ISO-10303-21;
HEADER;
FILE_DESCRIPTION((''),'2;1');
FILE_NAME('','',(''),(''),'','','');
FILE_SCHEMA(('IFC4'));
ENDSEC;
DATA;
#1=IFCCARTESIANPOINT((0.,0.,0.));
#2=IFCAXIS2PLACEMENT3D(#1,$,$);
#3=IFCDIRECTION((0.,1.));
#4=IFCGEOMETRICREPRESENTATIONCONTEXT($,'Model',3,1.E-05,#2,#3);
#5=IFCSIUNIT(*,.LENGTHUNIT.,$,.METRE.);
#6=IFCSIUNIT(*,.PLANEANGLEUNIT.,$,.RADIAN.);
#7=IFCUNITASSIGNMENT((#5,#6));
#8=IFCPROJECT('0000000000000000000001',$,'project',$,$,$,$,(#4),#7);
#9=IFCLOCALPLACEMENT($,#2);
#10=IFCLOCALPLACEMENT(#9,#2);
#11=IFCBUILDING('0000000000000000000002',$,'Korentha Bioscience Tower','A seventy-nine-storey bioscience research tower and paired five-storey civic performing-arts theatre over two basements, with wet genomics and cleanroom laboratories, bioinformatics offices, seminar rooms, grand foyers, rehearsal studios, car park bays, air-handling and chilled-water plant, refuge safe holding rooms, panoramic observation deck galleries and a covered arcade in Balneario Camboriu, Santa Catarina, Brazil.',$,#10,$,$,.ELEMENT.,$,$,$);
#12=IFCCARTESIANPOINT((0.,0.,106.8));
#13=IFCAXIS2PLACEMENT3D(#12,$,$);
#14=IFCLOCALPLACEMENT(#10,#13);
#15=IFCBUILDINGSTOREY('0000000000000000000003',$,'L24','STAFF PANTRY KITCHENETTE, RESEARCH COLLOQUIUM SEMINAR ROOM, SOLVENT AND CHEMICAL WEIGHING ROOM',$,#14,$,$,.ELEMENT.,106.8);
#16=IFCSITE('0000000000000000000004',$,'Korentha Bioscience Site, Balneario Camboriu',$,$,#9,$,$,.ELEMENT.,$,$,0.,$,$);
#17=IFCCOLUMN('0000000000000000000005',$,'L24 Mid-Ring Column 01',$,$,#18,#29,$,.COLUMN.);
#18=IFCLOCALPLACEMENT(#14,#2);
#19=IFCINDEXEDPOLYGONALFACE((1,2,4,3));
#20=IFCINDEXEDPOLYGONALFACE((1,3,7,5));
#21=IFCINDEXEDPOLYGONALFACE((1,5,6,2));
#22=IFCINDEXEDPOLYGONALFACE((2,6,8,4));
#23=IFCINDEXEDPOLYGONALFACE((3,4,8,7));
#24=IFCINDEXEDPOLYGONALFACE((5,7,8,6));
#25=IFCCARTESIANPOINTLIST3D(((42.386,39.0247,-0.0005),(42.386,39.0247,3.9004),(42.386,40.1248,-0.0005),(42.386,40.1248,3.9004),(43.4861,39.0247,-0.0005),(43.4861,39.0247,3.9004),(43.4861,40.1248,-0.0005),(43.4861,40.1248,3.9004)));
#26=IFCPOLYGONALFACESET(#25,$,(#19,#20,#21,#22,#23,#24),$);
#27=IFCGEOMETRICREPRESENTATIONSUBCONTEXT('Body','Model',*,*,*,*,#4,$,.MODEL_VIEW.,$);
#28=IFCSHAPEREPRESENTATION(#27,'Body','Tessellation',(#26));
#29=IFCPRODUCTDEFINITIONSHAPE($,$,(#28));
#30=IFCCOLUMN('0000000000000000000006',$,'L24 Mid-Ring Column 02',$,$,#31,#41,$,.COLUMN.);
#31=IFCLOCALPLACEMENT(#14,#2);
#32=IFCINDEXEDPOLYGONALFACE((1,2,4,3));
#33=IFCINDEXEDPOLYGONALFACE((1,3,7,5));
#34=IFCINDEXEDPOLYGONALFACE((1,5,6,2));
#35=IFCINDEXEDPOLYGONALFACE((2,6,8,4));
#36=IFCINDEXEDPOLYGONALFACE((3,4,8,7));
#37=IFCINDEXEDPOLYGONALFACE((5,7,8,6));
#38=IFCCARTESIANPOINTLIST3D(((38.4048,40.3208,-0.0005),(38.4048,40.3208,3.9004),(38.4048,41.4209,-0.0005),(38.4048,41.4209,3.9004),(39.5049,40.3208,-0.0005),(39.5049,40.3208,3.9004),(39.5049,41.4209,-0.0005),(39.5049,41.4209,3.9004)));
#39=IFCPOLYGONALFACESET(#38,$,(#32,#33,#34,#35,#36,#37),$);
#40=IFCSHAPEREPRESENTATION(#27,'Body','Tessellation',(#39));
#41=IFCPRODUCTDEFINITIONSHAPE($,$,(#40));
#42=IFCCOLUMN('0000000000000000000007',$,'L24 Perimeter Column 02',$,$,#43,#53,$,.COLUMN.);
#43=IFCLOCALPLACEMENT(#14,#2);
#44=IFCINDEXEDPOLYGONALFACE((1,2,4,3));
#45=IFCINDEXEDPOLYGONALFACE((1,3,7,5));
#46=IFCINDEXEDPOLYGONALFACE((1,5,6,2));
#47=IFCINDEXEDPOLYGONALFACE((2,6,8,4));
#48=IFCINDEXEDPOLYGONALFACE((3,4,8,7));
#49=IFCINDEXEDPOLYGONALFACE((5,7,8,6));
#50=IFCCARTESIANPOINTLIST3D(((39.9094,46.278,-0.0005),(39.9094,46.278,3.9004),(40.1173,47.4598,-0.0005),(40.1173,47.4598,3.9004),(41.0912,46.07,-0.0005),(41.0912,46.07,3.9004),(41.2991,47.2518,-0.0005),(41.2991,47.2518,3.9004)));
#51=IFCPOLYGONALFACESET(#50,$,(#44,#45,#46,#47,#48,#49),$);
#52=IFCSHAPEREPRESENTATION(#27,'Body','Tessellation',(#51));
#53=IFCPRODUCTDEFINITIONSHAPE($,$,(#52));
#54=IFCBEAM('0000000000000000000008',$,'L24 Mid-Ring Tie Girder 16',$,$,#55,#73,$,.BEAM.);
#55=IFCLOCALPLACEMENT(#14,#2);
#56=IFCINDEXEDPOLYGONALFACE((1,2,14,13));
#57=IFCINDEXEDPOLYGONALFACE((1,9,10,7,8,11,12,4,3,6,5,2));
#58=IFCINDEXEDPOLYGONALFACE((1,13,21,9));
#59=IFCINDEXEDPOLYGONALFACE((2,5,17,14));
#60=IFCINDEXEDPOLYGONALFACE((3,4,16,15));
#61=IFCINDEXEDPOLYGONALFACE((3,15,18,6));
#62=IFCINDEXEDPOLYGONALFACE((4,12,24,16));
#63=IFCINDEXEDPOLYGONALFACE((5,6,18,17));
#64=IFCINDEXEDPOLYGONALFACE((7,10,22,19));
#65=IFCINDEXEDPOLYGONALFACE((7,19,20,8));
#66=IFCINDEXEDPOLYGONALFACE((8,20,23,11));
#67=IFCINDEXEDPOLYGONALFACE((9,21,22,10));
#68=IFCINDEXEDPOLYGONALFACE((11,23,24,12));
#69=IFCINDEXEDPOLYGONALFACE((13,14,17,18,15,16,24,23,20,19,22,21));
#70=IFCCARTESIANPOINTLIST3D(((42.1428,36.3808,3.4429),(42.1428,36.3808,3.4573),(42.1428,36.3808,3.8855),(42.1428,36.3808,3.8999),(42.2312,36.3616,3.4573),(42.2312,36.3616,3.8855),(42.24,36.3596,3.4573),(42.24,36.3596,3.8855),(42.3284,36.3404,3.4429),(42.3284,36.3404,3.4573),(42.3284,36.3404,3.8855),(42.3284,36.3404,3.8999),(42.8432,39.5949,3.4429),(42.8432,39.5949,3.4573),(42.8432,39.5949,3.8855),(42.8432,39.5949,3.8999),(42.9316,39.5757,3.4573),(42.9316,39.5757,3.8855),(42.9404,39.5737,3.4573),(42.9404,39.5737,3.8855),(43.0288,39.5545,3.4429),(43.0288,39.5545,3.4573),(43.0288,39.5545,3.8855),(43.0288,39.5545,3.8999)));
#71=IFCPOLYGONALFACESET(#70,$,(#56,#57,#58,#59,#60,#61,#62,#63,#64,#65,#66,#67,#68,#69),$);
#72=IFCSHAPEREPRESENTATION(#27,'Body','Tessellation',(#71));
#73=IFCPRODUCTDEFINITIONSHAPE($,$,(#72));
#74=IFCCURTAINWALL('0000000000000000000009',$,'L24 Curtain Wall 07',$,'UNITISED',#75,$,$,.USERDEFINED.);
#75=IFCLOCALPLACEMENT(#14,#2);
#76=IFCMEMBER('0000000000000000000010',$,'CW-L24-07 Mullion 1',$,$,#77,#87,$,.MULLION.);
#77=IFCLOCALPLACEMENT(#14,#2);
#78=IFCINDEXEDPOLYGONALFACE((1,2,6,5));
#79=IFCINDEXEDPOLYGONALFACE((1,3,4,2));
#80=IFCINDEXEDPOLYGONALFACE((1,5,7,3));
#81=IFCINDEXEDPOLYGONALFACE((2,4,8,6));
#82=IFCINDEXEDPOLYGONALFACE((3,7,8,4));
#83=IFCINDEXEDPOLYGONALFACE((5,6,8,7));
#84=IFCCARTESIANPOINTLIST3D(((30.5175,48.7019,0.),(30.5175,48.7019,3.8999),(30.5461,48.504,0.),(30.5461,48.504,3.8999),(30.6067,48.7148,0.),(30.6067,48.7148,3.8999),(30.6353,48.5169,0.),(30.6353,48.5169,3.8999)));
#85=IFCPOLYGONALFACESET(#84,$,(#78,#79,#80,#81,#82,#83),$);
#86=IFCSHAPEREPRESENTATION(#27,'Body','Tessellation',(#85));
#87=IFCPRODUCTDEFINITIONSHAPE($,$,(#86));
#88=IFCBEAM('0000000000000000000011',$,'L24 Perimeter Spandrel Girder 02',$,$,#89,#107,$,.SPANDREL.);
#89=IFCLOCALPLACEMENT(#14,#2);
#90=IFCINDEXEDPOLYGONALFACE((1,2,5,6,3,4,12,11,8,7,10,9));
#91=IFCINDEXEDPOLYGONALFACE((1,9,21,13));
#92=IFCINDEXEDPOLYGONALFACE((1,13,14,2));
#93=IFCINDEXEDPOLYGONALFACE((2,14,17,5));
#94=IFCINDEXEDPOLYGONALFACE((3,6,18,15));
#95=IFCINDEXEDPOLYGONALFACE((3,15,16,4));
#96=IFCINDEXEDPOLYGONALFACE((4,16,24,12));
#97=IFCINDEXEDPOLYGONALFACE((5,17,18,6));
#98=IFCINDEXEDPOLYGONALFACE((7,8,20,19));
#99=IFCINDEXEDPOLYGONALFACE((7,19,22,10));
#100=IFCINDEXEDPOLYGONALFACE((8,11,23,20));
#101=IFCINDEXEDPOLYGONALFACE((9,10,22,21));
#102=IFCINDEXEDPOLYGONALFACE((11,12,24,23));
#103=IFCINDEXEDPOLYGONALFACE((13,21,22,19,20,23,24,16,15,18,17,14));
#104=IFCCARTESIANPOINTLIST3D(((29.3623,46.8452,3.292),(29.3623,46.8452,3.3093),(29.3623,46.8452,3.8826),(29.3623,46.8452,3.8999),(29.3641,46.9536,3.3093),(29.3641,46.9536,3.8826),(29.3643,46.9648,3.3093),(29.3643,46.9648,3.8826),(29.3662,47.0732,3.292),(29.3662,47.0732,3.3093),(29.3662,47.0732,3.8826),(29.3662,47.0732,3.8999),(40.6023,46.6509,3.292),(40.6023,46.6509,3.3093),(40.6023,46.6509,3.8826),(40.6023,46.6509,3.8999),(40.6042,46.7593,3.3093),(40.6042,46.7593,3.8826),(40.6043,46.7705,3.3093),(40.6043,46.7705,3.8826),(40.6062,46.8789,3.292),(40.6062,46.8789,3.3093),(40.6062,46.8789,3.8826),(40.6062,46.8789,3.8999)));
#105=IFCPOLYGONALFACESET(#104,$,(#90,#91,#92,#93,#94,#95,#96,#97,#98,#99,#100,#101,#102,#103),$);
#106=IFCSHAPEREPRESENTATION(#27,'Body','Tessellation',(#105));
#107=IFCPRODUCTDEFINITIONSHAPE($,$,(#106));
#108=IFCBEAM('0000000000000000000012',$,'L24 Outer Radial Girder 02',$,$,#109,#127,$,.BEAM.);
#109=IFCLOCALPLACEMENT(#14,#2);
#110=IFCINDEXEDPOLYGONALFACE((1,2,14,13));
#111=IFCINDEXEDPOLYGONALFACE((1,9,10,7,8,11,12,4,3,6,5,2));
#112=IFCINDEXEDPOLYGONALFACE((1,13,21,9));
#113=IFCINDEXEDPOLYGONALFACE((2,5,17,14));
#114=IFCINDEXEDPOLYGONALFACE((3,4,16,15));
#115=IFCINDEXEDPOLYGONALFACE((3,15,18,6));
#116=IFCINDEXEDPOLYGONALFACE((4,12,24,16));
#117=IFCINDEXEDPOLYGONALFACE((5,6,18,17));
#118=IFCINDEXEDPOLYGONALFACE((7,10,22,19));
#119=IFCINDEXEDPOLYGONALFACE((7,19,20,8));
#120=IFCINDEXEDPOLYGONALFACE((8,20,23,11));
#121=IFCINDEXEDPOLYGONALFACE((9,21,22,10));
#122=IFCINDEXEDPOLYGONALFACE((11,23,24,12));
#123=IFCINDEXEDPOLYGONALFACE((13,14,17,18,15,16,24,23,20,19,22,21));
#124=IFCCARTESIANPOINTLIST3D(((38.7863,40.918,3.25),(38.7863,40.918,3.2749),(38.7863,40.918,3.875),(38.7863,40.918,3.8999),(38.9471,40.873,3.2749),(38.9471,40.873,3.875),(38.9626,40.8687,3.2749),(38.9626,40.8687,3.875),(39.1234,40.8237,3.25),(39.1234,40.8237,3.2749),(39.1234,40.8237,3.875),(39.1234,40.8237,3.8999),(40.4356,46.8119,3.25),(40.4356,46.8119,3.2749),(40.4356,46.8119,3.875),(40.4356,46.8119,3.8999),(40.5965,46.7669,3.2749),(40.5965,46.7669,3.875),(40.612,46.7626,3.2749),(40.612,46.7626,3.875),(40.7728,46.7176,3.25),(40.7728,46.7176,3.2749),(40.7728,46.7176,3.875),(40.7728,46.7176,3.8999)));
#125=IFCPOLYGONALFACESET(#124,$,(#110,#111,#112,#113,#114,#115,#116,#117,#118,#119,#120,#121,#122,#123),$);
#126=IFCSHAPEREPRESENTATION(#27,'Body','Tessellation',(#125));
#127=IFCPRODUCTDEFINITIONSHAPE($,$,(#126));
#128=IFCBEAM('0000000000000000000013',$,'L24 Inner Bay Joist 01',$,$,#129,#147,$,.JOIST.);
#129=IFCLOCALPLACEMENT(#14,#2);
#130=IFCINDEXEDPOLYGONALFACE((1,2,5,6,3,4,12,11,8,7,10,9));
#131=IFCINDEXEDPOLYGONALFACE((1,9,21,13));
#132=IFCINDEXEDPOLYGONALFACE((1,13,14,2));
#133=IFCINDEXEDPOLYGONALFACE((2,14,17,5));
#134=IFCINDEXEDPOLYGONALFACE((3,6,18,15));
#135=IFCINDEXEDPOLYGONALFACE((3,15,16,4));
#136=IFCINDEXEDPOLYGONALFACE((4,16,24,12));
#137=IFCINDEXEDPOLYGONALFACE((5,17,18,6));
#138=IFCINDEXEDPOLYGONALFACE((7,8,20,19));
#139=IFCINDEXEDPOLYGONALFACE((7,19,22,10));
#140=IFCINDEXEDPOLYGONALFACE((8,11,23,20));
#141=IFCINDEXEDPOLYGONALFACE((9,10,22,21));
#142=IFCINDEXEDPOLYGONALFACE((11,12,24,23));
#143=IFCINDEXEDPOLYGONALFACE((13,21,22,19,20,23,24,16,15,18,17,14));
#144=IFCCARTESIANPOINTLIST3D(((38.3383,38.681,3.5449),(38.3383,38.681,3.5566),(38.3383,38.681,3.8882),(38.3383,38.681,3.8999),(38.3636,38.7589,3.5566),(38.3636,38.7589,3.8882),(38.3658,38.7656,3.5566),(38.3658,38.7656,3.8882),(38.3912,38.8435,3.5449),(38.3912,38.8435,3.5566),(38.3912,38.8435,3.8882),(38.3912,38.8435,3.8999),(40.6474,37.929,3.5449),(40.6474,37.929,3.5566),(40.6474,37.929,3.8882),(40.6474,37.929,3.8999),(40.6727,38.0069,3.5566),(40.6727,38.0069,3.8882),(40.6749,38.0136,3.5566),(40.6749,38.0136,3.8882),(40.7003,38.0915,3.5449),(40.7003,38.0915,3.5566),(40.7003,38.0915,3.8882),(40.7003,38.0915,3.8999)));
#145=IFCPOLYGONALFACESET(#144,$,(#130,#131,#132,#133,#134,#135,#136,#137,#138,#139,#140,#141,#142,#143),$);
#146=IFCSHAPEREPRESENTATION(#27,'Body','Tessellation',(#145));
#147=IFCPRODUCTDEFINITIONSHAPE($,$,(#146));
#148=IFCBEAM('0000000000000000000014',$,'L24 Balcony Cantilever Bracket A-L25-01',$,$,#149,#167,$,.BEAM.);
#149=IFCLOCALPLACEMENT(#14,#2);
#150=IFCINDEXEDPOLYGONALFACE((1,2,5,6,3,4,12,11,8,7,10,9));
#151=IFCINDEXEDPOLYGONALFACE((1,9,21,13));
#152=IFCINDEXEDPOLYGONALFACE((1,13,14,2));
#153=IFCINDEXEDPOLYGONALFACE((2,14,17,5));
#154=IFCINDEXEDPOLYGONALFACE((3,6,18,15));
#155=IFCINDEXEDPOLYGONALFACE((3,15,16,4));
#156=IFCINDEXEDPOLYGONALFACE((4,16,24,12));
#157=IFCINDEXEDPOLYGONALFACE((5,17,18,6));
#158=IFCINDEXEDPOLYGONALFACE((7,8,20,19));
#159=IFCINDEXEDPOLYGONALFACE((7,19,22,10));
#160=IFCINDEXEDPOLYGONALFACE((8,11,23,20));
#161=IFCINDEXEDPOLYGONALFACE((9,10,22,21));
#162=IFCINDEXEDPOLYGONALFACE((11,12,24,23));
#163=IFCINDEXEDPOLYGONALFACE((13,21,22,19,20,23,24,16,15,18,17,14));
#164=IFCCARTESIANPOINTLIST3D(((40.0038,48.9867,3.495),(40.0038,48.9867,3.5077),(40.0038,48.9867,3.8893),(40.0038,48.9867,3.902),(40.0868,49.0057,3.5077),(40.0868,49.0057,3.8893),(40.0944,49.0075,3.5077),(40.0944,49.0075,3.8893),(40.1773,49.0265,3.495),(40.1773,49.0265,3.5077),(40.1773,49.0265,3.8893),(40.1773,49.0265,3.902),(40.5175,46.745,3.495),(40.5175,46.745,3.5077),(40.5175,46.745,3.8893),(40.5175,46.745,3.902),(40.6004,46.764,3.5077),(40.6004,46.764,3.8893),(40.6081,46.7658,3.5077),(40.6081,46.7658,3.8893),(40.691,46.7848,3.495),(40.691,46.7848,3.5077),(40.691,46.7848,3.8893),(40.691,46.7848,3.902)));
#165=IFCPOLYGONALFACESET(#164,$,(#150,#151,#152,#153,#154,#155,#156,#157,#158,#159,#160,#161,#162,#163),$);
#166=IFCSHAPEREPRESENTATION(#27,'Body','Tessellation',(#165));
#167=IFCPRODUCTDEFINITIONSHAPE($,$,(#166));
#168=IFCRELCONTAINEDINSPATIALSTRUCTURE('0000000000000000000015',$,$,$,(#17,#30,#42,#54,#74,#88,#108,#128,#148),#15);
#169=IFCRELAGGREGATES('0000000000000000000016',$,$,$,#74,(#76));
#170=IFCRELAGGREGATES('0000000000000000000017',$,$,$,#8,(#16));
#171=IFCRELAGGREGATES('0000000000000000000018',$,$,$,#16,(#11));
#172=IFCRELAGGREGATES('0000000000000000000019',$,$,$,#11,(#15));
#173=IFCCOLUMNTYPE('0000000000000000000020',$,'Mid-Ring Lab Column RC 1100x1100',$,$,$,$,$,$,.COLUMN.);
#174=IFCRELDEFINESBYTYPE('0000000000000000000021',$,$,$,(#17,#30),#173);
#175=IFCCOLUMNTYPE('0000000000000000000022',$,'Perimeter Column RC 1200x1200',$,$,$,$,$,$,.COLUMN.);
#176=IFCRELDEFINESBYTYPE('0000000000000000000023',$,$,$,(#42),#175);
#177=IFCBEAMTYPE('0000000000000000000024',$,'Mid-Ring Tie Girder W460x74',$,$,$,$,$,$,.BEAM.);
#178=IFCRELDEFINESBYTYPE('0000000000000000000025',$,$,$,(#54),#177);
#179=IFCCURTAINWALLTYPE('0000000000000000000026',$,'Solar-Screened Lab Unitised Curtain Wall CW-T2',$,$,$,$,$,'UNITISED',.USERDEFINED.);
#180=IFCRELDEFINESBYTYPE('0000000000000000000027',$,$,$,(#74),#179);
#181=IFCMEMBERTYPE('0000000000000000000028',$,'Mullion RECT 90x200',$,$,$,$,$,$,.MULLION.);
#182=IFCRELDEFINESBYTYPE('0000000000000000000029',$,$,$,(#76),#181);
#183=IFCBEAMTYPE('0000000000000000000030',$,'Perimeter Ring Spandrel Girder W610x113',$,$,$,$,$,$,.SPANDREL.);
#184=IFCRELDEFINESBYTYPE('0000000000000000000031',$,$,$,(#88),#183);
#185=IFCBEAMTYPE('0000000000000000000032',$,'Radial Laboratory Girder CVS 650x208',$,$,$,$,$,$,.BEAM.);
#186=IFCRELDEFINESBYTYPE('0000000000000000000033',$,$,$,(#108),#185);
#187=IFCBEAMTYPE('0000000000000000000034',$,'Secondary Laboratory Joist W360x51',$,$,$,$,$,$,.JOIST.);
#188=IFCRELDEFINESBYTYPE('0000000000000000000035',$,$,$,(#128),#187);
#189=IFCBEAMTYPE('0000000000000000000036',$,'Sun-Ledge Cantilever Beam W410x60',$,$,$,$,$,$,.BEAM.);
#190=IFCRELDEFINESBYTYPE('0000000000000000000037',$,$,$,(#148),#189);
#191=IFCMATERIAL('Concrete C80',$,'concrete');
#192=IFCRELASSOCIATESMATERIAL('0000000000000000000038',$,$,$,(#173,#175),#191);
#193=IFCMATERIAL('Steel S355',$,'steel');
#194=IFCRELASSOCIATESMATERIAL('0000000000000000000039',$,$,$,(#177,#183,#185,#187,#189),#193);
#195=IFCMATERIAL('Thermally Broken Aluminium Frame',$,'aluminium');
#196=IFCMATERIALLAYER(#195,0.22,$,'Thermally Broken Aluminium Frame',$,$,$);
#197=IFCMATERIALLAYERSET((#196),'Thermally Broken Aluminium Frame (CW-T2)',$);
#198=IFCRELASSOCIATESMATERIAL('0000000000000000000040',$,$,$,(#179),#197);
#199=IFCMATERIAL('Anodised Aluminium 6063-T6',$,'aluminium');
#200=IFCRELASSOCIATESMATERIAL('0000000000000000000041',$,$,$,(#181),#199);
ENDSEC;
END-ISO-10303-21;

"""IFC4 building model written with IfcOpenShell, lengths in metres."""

from ifc_helpers import new_model, si_unit, direction, frame, origin, origin_2d, place, context, subcontext, project, spatial, rectangle, i_section, extrude, material, layer, layer_set, material_profile, profile_set, type_object, element, aggregate, save


model = new_model("IFC4")

# Units and contexts
model_context = context("Model", 3, precision=1e-05, world=origin(), true_north=direction((0.0, 1.0)))
body_context = subcontext(model_context, "Body", "Model", "MODEL_VIEW")
ifc_project = project(units=[si_unit("LENGTHUNIT", "METRE"), si_unit("PLANEANGLEUNIT", "RADIAN")], contexts=[model_context])

# Site, building, storey
site_placement = place(None, origin())
site = spatial("IfcSite", under=ifc_project, at=site_placement, Name="Korentha Bioscience Site, Balneario Camboriu", CompositionType="ELEMENT", RefElevation=0.0)
building_placement = place(site_placement, origin())
building = spatial("IfcBuilding", under=site, at=building_placement, Name="Korentha Bioscience Tower", Description="A seventy-nine-storey bioscience research tower and paired five-storey civic performing-arts theatre over two basements, with wet genomics and cleanroom laboratories, bioinformatics offices, seminar rooms, grand foyers, rehearsal studios, car park bays, air-handling and chilled-water plant, refuge safe holding rooms, panoramic observation deck galleries and a covered arcade in Balneario Camboriu, Santa Catarina, Brazil.", CompositionType="ELEMENT")
storey_placement = place(building_placement, frame((0.0, 0.0, 106.8)))
storey = spatial("IfcBuildingStorey", under=building, at=storey_placement, Name="L24", Description="STAFF PANTRY KITCHENETTE, RESEARCH COLLOQUIUM SEMINAR ROOM, SOLVENT AND CHEMICAL WEIGHING ROOM", CompositionType="ELEMENT", Elevation=106.8)

# Columns
ifc_material_1 = material(Name="Concrete C80", Category="concrete")
ifc_material_profile_1 = material_profile(ifc_material_1, rectangle(XDim=1.1001, YDim=1.1001, at=origin_2d()), Name="Concrete C80")
ifc_profile_set_1 = profile_set([ifc_material_profile_1], Name="Concrete C80 (COL-MR11)")
column_type_1 = type_object("IfcColumnType", Name="Mid-Ring Lab Column RC 1100x1100", PredefinedType="COLUMN", material=ifc_profile_set_1)
for number, where, z_axis, x_axis, name in (
    (1, (42.936, 39.5747, -0.0005), (0.0, 0.0, 1.0), (1.0, 0.0, 0.0), "L24 Mid-Ring Column 01"),
    (2, (38.9548, 40.8708, -0.0005), (0.0, 0.0, 1.0), (1.0, 0.0, 0.0), "L24 Mid-Ring Column 02"),
):
    element("IfcColumn", number, at=place(storey_placement, frame(where, z_axis=z_axis, x_axis=x_axis)), inside=storey, type_object=column_type_1, Name=name, PredefinedType="COLUMN", context=body_context, shape_type="SweptSolid", body=[
        extrude(rectangle(XDim=1.1001, YDim=1.1001, at=origin_2d()), origin(), (0.0, 0.0, 1.0), 3.9009),
    ])
ifc_material_profile_2 = material_profile(ifc_material_1, rectangle(XDim=1.2, YDim=1.2, at=origin_2d()), Name="Concrete C80")
ifc_profile_set_2 = profile_set([ifc_material_profile_2], Name="Concrete C80 (COL-P12)")
column_type_2 = type_object("IfcColumnType", Name="Perimeter Column RC 1200x1200", PredefinedType="COLUMN", material=ifc_profile_set_2)
column_placement = place(storey_placement, frame((40.6042, 46.7649, -0.0005), z_axis=(0.0, 0.0, 1.0), x_axis=(-0.984868, 0.173304, 0.0)))
element("IfcColumn", 3, at=column_placement, inside=storey, type_object=column_type_2, Name="L24 Perimeter Column 02", PredefinedType="COLUMN", context=body_context, shape_type="SweptSolid", body=[
    extrude(rectangle(XDim=1.2, YDim=1.2, at=origin_2d()), origin(), (0.0, 0.0, 1.0), 3.9009),
])

# Beam
ifc_material_2 = material(Name="Steel S355", Category="steel")
ifc_material_profile_3 = material_profile(ifc_material_2, i_section(OverallWidth=0.1899, OverallDepth=0.457, WebThickness=0.009, FlangeThickness=0.0144, at=origin_2d()), Name="Steel S355")
ifc_profile_set_3 = profile_set([ifc_material_profile_3], Name="Steel S355 (MB-460)")
beam_type_1 = type_object("IfcBeamType", Name="Mid-Ring Tie Girder W460x74", PredefinedType="BEAM", material=ifc_profile_set_3)
beam_1_placement = place(storey_placement, frame((42.2356, 36.3606, 3.6714), z_axis=(0.212929, 0.977068, 0.0), x_axis=(-0.977068, 0.212929, 0.0)))
element("IfcBeam", 4, at=beam_1_placement, inside=storey, type_object=beam_type_1, Name="L24 Mid-Ring Tie Girder 16", PredefinedType="BEAM", context=body_context, shape_type="SweptSolid", body=[
    extrude(i_section(OverallWidth=0.1899, OverallDepth=0.457, WebThickness=0.009, FlangeThickness=0.0144, at=origin_2d()), origin(), (0.0, 0.0, 1.0), 3.2896),
])

# Curtain wall, member
ifc_material_3 = material(Name="Thermally Broken Aluminium Frame", Category="aluminium")
ifc_layer_1 = layer(ifc_material_3, 0.22, Name="Thermally Broken Aluminium Frame")
ifc_layer_set_1 = layer_set([ifc_layer_1], Name="Thermally Broken Aluminium Frame (CW-T2)")
curtain_wall_type = type_object("IfcCurtainWallType", Name="Solar-Screened Lab Unitised Curtain Wall CW-T2", ElementType="UNITISED", PredefinedType="USERDEFINED", material=ifc_layer_set_1)
curtain_wall_placement = place(storey_placement, origin())
curtain_wall = element("IfcCurtainWall", 5, at=curtain_wall_placement, inside=storey, type_object=curtain_wall_type, Name="L24 Curtain Wall 07", ObjectType="UNITISED", PredefinedType="USERDEFINED")
ifc_material_4 = material(Name="Anodised Aluminium 6063-T6", Category="aluminium")
ifc_material_profile_4 = material_profile(ifc_material_4, rectangle(XDim=0.0901, YDim=0.2, at=origin_2d()), Name="Anodised Aluminium 6063-T6")
ifc_profile_set_4 = profile_set([ifc_material_profile_4], Name="Anodised Aluminium 6063-T6 (CW-MUL)")
member_type_1 = type_object("IfcMemberType", Name="Mullion RECT 90x200", PredefinedType="MULLION", material=ifc_profile_set_4)
member_1_placement = place(storey_placement, frame((30.5764, 48.6094, 0.0), z_axis=(0.0, 0.0, 1.0), x_axis=(-0.989738, -0.142892, 0.0)))
member_1 = element("IfcMember", 6, at=member_1_placement, type_object=member_type_1, Name="CW-L24-07 Mullion 1", PredefinedType="MULLION", context=body_context, shape_type="SweptSolid", body=[
    extrude(rectangle(XDim=0.0901, YDim=0.2, at=origin_2d()), origin(), (0.0, 0.0, 1.0), 3.8999),
])

# Beams
ifc_material_profile_5 = material_profile(ifc_material_2, i_section(OverallWidth=0.228, OverallDepth=0.6079, WebThickness=0.0112, FlangeThickness=0.0173, at=origin_2d()), Name="Steel S355")
ifc_profile_set_5 = profile_set([ifc_material_profile_5], Name="Steel S355 (SB-610)")
beam_type_2 = type_object("IfcBeamType", Name="Perimeter Ring Spandrel Girder W610x113", PredefinedType="SPANDREL", material=ifc_profile_set_5)
beam_2_placement = place(storey_placement, frame((40.6042, 46.7649, 3.5959), z_axis=(-0.999851, 0.017287, 0.0), x_axis=(-0.017287, -0.999851, 0.0)))
element("IfcBeam", 7, at=beam_2_placement, inside=storey, type_object=beam_type_2, Name="L24 Perimeter Spandrel Girder 02", PredefinedType="SPANDREL", context=body_context, shape_type="SweptSolid", body=[
    extrude(i_section(OverallWidth=0.228, OverallDepth=0.6079, WebThickness=0.0112, FlangeThickness=0.0173, at=origin_2d()), origin(), (0.0, 0.0, 1.0), 11.2417),
])
ifc_material_profile_6 = material_profile(ifc_material_2, i_section(OverallWidth=0.3501, OverallDepth=0.6499, WebThickness=0.0161, FlangeThickness=0.0249, at=origin_2d()), Name="Steel S355")
ifc_profile_set_6 = profile_set([ifc_material_profile_6], Name="Steel S355 (RB-650)")
beam_type_3 = type_object("IfcBeamType", Name="Radial Laboratory Girder CVS 650x208", PredefinedType="BEAM", material=ifc_profile_set_6)
beam_3_placement = place(storey_placement, frame((38.9548, 40.8708, 3.575), z_axis=(0.269491, 0.963003, 0.0), x_axis=(-0.963003, 0.269491, 0.0)))
element("IfcBeam", 8, at=beam_3_placement, inside=storey, type_object=beam_type_3, Name="L24 Outer Radial Girder 02", PredefinedType="BEAM", context=body_context, shape_type="SweptSolid", body=[
    extrude(i_section(OverallWidth=0.3501, OverallDepth=0.6499, WebThickness=0.0161, FlangeThickness=0.0249, at=origin_2d()), origin(), (0.0, 0.0, 1.0), 6.1204),
])
ifc_material_profile_7 = material_profile(ifc_material_2, i_section(OverallWidth=0.1709, OverallDepth=0.355, WebThickness=0.0071, FlangeThickness=0.0117, at=origin_2d()), Name="Steel S355")
ifc_profile_set_7 = profile_set([ifc_material_profile_7], Name="Steel S355 (JB-360)")
beam_type_4 = type_object("IfcBeamType", Name="Secondary Laboratory Joist W360x51", PredefinedType="JOIST", material=ifc_profile_set_7)
beam_4_placement = place(storey_placement, frame((40.6738, 38.0103, 3.7224), z_axis=(-0.950852, 0.309645, 0.0), x_axis=(-0.309645, -0.950852, 0.0)))
element("IfcBeam", 9, at=beam_4_placement, inside=storey, type_object=beam_type_4, Name="L24 Inner Bay Joist 01", PredefinedType="JOIST", context=body_context, shape_type="SweptSolid", body=[
    extrude(i_section(OverallWidth=0.1709, OverallDepth=0.355, WebThickness=0.0071, FlangeThickness=0.0117, at=origin_2d()), origin(), (0.0, 0.0, 1.0), 2.4285),
])
ifc_material_profile_8 = material_profile(ifc_material_2, i_section(OverallWidth=0.178, OverallDepth=0.407, WebThickness=0.0078, FlangeThickness=0.0127, at=origin_2d()), Name="Steel S355")
ifc_profile_set_8 = profile_set([ifc_material_profile_8], Name="Steel S355 (CB-410)")
beam_type_5 = type_object("IfcBeamType", Name="Sun-Ledge Cantilever Beam W410x60", PredefinedType="BEAM", material=ifc_profile_set_8)
beam_5_placement = place(storey_placement, frame((40.6042, 46.7649, 3.6985), z_axis=(-0.223355, 0.974737, 0.0), x_axis=(-0.974737, -0.223355, 0.0)))
element("IfcBeam", 10, at=beam_5_placement, inside=storey, type_object=beam_type_5, Name="L24 Balcony Cantilever Bracket A-L25-01", PredefinedType="BEAM", context=body_context, shape_type="SweptSolid", body=[
    extrude(i_section(OverallWidth=0.178, OverallDepth=0.407, WebThickness=0.0078, FlangeThickness=0.0127, at=origin_2d()), origin(), (0.0, 0.0, 1.0), 2.2998),
])

aggregate(curtain_wall, [member_1])

save(model, "model.ifc")
